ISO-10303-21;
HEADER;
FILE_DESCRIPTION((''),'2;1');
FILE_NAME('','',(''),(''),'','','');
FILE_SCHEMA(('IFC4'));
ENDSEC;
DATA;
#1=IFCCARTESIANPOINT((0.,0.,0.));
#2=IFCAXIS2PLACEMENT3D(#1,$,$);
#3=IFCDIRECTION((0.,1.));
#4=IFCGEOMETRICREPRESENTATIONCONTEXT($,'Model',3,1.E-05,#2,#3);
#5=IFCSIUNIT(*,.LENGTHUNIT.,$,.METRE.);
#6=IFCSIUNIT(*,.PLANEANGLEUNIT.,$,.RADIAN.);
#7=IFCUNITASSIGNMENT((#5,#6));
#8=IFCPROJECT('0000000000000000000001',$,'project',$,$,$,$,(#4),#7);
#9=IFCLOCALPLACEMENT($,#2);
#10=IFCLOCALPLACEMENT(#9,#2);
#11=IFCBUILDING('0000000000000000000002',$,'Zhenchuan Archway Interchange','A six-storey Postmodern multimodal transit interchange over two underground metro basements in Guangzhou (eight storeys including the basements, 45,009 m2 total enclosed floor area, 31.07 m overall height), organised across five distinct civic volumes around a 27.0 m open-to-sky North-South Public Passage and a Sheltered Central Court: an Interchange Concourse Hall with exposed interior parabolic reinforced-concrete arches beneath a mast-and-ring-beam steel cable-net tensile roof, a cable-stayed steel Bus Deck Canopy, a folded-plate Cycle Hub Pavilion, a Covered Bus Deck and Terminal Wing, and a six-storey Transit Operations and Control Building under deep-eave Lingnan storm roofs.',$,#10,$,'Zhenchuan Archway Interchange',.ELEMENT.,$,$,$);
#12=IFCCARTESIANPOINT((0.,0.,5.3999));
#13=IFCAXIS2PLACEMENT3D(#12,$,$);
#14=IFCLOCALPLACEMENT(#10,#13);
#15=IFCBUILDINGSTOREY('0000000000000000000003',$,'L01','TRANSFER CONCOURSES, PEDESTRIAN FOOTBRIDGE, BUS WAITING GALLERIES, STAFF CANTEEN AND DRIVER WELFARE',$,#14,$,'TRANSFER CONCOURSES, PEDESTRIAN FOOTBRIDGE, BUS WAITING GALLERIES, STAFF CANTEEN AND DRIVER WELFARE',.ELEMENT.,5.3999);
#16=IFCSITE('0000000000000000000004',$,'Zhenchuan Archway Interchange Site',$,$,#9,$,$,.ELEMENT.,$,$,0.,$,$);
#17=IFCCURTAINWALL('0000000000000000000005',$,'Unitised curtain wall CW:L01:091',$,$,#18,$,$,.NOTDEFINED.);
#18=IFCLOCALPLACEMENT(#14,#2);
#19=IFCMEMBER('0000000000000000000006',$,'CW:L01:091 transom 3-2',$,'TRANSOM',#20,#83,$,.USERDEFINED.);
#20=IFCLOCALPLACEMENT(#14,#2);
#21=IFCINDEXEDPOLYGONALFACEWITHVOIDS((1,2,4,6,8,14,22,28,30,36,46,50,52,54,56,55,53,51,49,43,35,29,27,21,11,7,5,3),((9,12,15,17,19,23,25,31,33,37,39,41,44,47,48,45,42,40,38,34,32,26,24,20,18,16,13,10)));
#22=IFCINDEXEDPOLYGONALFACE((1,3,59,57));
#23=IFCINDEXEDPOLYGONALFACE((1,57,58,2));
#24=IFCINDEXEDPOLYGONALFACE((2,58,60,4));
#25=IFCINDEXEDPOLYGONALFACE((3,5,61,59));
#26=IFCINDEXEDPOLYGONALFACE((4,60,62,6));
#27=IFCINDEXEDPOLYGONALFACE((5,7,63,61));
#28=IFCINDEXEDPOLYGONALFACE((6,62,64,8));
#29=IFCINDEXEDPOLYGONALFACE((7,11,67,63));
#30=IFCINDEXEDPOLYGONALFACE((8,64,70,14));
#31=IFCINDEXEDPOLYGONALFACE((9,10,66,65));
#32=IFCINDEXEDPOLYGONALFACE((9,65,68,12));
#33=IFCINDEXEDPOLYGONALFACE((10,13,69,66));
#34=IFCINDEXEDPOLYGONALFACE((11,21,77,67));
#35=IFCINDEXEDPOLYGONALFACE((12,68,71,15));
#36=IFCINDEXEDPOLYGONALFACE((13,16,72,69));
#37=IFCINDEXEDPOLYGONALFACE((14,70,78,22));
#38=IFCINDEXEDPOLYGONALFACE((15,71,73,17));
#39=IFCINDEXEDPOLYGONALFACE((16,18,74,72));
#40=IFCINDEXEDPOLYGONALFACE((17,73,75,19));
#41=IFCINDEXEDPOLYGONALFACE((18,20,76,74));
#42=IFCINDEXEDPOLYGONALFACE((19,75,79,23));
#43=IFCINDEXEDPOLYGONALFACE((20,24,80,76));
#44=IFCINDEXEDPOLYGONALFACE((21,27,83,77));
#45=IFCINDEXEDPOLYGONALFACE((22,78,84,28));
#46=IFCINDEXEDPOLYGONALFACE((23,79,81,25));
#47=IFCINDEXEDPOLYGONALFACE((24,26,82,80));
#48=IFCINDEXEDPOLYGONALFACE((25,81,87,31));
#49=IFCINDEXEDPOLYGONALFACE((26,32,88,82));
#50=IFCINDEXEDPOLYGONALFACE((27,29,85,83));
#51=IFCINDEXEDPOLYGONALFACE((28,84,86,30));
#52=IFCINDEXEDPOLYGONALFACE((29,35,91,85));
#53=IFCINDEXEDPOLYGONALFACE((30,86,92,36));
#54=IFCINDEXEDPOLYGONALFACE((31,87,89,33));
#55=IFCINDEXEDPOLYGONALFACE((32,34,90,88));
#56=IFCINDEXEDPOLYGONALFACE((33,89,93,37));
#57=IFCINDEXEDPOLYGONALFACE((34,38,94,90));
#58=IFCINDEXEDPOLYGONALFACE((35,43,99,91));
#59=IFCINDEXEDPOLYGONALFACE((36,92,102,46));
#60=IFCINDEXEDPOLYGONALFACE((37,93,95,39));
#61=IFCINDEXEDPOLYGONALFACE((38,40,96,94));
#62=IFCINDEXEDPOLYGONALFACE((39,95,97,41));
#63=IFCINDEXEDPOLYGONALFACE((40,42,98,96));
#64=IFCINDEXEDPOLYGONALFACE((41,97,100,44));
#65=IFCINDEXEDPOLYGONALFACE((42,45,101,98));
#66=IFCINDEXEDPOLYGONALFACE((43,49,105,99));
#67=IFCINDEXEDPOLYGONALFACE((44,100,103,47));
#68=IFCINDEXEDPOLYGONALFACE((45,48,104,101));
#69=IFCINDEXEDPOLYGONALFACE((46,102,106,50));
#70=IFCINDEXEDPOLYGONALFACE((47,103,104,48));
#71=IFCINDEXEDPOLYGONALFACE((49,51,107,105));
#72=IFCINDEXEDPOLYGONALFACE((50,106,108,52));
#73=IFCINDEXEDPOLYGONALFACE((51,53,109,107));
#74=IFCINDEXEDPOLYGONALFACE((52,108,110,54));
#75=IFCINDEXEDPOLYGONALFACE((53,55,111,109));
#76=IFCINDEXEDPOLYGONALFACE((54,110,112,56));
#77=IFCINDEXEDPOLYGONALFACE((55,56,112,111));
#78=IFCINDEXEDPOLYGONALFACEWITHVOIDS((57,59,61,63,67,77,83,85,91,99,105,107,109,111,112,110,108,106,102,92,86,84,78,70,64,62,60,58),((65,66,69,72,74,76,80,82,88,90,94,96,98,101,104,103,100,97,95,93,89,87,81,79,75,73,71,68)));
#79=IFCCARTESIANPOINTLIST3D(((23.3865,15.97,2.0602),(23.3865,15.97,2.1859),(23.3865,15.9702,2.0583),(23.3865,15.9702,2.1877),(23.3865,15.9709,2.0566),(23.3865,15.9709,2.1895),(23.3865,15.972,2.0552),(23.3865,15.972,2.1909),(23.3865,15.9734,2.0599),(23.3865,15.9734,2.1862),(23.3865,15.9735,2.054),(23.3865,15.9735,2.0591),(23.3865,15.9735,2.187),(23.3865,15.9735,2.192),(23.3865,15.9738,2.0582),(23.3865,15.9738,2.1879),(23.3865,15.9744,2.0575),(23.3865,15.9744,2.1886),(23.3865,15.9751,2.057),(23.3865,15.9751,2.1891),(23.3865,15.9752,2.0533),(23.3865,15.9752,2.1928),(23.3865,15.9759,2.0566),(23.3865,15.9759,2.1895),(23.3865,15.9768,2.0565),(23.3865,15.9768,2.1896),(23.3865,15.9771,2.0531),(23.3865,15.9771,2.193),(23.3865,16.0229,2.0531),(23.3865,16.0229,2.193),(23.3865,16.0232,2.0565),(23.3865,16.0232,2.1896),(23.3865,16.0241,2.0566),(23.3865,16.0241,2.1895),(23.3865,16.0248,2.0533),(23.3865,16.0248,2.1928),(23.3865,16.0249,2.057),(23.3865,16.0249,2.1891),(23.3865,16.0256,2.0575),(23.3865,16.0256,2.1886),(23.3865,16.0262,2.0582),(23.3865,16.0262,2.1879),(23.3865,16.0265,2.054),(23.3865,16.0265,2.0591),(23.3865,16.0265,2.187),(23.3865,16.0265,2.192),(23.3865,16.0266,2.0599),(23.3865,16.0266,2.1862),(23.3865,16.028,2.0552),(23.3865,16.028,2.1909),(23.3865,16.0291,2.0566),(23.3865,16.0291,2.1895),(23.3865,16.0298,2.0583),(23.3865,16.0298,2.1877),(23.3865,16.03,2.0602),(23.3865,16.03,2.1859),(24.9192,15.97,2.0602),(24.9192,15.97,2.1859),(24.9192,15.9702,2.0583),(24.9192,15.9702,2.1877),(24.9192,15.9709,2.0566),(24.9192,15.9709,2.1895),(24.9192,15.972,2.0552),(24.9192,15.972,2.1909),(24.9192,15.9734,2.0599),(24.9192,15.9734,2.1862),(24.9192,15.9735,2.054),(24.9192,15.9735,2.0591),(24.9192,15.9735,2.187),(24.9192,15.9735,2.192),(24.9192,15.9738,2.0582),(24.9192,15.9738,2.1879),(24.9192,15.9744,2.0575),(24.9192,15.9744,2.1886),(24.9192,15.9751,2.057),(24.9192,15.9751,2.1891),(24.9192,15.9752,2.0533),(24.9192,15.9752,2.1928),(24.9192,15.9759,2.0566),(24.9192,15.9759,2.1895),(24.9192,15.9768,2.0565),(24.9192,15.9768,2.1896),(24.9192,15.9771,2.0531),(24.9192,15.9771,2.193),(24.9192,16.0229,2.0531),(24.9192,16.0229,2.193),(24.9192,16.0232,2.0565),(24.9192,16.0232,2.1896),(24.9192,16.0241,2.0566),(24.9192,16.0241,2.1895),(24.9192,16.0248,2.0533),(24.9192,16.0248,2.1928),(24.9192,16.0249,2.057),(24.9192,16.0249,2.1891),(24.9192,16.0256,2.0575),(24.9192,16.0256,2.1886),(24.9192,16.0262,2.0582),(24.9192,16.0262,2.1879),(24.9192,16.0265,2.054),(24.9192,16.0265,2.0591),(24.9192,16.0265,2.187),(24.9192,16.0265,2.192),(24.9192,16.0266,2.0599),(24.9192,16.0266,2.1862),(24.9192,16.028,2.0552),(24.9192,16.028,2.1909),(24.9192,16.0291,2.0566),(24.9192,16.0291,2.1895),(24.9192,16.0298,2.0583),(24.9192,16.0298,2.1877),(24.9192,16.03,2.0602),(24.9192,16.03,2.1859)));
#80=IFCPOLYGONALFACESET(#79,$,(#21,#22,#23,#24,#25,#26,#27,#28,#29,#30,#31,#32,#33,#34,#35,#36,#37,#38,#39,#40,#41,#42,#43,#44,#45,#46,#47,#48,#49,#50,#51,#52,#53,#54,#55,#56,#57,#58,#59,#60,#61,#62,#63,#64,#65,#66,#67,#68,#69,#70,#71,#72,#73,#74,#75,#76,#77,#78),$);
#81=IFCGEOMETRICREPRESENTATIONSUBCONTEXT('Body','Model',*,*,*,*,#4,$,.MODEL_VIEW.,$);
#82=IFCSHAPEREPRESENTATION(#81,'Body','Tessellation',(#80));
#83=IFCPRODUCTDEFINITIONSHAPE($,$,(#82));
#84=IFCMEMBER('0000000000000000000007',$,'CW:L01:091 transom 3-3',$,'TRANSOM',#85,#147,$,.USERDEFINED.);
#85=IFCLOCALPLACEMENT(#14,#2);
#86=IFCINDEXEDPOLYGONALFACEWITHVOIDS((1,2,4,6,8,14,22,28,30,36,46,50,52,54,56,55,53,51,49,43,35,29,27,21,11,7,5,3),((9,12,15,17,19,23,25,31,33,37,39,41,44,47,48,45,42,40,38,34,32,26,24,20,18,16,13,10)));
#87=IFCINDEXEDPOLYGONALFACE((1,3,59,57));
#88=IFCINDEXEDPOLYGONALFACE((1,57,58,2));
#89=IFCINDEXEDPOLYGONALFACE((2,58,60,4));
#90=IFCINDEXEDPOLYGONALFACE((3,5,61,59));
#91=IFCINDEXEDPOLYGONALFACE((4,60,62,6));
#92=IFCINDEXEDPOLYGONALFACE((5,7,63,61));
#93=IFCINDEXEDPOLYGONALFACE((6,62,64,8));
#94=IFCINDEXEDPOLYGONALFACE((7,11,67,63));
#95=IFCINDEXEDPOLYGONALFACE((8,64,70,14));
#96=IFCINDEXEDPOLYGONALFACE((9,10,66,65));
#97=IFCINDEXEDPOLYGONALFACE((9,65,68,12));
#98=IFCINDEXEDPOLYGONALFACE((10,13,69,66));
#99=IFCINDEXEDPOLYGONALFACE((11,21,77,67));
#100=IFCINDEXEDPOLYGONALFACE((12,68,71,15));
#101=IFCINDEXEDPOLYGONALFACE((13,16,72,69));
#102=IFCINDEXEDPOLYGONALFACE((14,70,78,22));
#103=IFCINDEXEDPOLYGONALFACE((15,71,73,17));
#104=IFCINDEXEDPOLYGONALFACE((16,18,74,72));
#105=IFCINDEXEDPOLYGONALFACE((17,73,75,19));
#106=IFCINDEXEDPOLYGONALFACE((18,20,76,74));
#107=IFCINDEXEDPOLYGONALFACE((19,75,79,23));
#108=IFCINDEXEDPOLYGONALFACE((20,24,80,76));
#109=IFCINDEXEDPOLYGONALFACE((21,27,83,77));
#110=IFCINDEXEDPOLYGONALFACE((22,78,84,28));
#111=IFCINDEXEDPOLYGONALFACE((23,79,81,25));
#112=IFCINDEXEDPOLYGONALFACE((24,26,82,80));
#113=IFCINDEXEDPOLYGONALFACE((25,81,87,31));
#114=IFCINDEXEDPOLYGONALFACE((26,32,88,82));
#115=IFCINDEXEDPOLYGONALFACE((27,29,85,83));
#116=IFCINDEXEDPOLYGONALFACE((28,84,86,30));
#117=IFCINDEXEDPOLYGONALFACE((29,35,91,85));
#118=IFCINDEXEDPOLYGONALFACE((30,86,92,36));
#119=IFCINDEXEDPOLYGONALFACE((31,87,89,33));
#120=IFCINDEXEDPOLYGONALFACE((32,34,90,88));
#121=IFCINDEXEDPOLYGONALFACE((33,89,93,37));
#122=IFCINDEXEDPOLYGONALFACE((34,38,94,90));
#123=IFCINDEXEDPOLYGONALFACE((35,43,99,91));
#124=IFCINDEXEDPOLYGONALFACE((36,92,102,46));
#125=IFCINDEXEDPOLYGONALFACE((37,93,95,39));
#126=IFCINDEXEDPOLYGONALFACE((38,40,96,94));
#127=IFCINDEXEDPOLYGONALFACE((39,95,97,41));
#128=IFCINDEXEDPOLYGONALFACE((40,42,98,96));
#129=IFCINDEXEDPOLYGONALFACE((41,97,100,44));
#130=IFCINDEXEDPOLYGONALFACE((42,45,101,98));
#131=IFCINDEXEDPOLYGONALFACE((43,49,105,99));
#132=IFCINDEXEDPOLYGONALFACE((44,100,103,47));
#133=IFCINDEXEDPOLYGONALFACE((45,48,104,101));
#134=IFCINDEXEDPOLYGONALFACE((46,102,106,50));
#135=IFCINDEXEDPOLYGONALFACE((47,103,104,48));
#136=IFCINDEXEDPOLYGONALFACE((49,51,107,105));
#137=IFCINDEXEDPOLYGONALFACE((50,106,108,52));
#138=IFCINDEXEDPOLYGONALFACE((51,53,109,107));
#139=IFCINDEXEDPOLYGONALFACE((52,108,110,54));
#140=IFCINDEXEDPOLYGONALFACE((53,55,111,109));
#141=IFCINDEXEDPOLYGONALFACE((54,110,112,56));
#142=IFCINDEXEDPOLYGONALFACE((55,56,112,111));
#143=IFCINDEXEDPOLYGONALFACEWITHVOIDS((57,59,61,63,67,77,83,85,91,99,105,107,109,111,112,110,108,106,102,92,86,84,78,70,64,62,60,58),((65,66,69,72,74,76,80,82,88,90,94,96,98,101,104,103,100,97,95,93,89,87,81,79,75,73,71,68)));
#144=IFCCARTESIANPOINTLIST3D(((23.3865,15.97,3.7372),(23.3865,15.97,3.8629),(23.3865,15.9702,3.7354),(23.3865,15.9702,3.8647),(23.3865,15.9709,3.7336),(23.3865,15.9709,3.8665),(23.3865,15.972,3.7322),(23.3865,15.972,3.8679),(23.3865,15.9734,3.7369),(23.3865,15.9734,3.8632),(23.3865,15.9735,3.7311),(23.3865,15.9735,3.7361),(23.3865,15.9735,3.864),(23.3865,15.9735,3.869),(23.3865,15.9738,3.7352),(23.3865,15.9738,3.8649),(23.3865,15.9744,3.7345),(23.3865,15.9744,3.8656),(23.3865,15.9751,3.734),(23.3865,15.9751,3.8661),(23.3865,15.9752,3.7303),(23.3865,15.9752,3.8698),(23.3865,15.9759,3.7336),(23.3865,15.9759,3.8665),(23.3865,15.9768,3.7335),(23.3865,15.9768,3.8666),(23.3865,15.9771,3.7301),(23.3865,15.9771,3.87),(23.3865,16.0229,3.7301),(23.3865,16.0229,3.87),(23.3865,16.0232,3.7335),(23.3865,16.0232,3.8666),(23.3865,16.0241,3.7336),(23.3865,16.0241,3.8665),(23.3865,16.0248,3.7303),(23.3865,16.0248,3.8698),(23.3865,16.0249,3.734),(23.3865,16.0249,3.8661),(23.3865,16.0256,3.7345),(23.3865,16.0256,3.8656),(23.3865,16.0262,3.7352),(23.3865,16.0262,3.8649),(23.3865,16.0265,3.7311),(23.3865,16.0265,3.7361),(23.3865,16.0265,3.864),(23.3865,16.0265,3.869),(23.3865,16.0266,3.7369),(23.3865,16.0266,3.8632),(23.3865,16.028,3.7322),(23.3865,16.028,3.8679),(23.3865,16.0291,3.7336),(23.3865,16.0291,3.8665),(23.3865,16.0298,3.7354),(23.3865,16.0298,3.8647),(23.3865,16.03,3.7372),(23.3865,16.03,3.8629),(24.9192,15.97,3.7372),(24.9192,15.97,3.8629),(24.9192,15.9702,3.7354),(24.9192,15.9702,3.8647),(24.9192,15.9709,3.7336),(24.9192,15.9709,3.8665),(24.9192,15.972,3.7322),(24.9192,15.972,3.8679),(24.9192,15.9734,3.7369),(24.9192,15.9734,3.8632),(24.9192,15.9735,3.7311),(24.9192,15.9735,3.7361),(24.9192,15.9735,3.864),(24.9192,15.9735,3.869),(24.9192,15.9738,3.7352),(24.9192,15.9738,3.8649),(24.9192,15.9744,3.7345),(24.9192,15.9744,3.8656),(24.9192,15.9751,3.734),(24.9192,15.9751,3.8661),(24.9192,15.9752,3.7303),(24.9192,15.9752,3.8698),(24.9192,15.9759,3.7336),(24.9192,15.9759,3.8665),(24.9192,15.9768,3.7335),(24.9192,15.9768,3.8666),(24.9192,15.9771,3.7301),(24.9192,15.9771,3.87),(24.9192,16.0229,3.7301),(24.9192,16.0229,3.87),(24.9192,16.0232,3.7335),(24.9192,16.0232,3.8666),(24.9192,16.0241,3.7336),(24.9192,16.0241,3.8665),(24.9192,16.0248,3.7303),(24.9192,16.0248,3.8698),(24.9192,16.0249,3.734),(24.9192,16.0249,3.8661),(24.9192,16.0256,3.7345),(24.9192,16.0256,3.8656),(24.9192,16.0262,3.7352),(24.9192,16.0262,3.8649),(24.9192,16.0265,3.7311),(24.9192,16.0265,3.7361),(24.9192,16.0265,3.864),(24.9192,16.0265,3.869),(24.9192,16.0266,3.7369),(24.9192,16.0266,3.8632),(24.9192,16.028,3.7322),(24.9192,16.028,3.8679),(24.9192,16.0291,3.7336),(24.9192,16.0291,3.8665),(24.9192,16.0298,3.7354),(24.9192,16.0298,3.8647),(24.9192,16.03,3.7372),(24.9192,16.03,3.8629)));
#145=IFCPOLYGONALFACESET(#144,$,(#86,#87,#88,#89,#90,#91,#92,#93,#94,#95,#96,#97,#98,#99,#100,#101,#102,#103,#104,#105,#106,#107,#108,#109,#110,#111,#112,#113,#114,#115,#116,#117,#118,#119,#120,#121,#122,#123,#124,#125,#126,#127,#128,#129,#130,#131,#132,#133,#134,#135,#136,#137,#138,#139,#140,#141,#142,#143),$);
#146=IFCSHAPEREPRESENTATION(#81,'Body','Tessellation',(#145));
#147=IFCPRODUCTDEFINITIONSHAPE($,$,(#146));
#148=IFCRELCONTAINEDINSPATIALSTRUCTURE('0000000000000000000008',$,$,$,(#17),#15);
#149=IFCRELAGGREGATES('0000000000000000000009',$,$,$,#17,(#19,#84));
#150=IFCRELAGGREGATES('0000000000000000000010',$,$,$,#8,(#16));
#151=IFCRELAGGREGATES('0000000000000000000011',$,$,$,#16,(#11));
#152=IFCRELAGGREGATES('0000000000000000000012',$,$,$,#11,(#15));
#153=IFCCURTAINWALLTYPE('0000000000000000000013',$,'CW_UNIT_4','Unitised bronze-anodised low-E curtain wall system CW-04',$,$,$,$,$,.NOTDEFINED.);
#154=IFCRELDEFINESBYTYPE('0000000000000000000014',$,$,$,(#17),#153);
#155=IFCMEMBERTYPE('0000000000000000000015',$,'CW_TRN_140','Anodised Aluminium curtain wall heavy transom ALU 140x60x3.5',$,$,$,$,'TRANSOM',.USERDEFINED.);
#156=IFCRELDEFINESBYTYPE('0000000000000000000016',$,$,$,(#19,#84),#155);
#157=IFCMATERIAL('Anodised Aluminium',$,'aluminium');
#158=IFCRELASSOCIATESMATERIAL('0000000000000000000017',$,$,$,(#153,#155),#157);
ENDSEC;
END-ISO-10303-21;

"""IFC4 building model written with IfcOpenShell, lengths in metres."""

from ifc_helpers import new_model, si_unit, direction, frame, origin, origin_2d, place, context, subcontext, project, spatial, hollow_rectangle, extrude, material, material_profile, profile_set, type_object, element, aggregate, save


model = new_model("IFC4")

# Units and contexts
model_context = context("Model", 3, precision=1e-05, world=origin(), true_north=direction((0.0, 1.0)))
body_context = subcontext(model_context, "Body", "Model", "MODEL_VIEW")
ifc_project = project(units=[si_unit("LENGTHUNIT", "METRE"), si_unit("PLANEANGLEUNIT", "RADIAN")], contexts=[model_context])

# Site, building, storey
site_placement = place(None, origin())
site = spatial("IfcSite", under=ifc_project, at=site_placement, Name="Zhenchuan Archway Interchange Site", CompositionType="ELEMENT", RefElevation=0.0)
building_placement = place(site_placement, origin())
building = spatial("IfcBuilding", under=site, at=building_placement, Name="Zhenchuan Archway Interchange", Description="A six-storey Postmodern multimodal transit interchange over two underground metro basements in Guangzhou (eight storeys including the basements, 45,009 m2 total enclosed floor area, 31.07 m overall height), organised across five distinct civic volumes around a 27.0 m open-to-sky North-South Public Passage and a Sheltered Central Court: an Interchange Concourse Hall with exposed interior parabolic reinforced-concrete arches beneath a mast-and-ring-beam steel cable-net tensile roof, a cable-stayed steel Bus Deck Canopy, a folded-plate Cycle Hub Pavilion, a Covered Bus Deck and Terminal Wing, and a six-storey Transit Operations and Control Building under deep-eave Lingnan storm roofs.", LongName="Zhenchuan Archway Interchange", CompositionType="ELEMENT")
storey_placement = place(building_placement, frame((0.0, 0.0, 5.3999)))
storey = spatial("IfcBuildingStorey", under=building, at=storey_placement, Name="L01", Description="TRANSFER CONCOURSES, PEDESTRIAN FOOTBRIDGE, BUS WAITING GALLERIES, STAFF CANTEEN AND DRIVER WELFARE", LongName="TRANSFER CONCOURSES, PEDESTRIAN FOOTBRIDGE, BUS WAITING GALLERIES, STAFF CANTEEN AND DRIVER WELFARE", CompositionType="ELEMENT", Elevation=5.3999)

# Curtain wall, members
ifc_material_1 = material(Name="Anodised Aluminium", Category="aluminium")
curtain_wall_type = type_object("IfcCurtainWallType", Name="CW_UNIT_4", Description="Unitised bronze-anodised low-E curtain wall system CW-04", PredefinedType="NOTDEFINED", material=ifc_material_1)
curtain_wall_placement = place(storey_placement, origin())
curtain_wall = element("IfcCurtainWall", 1, at=curtain_wall_placement, inside=storey, type_object=curtain_wall_type, Name="Unitised curtain wall CW:L01:091", PredefinedType="NOTDEFINED")
ifc_material_profile_1 = material_profile(ifc_material_1, hollow_rectangle(XDim=0.0601, YDim=0.1399, WallThickness=0.0034, InnerFilletRadius=0.0034, OuterFilletRadius=0.0071, at=origin_2d()), Name="ALU 140x60x3.5")
ifc_profile_set_1 = profile_set([ifc_material_profile_1], Name="Anodised Aluminium")
member_type_1 = type_object("IfcMemberType", Name="CW_TRN_140", Description="Anodised Aluminium curtain wall heavy transom ALU 140x60x3.5", ElementType="TRANSOM", PredefinedType="USERDEFINED", material=ifc_profile_set_1)
member_1_placement = place(storey_placement, frame((23.3865, 16.0, 2.123), z_axis=(1.0, 0.0, 0.0), x_axis=(0.0, 1.0, 0.0)))
member_1 = element("IfcMember", 2, at=member_1_placement, type_object=member_type_1, Name="CW:L01:091 transom 3-2", ObjectType="TRANSOM", PredefinedType="USERDEFINED", context=body_context, shape_type="SweptSolid", body=[
    extrude(hollow_rectangle(XDim=0.0601, YDim=0.1399, WallThickness=0.0034, InnerFilletRadius=0.0034, OuterFilletRadius=0.0071, at=origin_2d()), origin(), (0.0, 0.0, 1.0), 1.5327),
])
member_2_placement = place(storey_placement, frame((23.3865, 16.0, 3.8), z_axis=(1.0, 0.0, 0.0), x_axis=(0.0, 1.0, 0.0)))
member_2 = element("IfcMember", 3, at=member_2_placement, type_object=member_type_1, Name="CW:L01:091 transom 3-3", ObjectType="TRANSOM", PredefinedType="USERDEFINED", context=body_context, shape_type="SweptSolid", body=[
    extrude(hollow_rectangle(XDim=0.0601, YDim=0.1399, WallThickness=0.0034, InnerFilletRadius=0.0034, OuterFilletRadius=0.0071, at=origin_2d()), origin(), (0.0, 0.0, 1.0), 1.5327),
])

aggregate(curtain_wall, [member_1, member_2])

save(model, "model.ifc")
